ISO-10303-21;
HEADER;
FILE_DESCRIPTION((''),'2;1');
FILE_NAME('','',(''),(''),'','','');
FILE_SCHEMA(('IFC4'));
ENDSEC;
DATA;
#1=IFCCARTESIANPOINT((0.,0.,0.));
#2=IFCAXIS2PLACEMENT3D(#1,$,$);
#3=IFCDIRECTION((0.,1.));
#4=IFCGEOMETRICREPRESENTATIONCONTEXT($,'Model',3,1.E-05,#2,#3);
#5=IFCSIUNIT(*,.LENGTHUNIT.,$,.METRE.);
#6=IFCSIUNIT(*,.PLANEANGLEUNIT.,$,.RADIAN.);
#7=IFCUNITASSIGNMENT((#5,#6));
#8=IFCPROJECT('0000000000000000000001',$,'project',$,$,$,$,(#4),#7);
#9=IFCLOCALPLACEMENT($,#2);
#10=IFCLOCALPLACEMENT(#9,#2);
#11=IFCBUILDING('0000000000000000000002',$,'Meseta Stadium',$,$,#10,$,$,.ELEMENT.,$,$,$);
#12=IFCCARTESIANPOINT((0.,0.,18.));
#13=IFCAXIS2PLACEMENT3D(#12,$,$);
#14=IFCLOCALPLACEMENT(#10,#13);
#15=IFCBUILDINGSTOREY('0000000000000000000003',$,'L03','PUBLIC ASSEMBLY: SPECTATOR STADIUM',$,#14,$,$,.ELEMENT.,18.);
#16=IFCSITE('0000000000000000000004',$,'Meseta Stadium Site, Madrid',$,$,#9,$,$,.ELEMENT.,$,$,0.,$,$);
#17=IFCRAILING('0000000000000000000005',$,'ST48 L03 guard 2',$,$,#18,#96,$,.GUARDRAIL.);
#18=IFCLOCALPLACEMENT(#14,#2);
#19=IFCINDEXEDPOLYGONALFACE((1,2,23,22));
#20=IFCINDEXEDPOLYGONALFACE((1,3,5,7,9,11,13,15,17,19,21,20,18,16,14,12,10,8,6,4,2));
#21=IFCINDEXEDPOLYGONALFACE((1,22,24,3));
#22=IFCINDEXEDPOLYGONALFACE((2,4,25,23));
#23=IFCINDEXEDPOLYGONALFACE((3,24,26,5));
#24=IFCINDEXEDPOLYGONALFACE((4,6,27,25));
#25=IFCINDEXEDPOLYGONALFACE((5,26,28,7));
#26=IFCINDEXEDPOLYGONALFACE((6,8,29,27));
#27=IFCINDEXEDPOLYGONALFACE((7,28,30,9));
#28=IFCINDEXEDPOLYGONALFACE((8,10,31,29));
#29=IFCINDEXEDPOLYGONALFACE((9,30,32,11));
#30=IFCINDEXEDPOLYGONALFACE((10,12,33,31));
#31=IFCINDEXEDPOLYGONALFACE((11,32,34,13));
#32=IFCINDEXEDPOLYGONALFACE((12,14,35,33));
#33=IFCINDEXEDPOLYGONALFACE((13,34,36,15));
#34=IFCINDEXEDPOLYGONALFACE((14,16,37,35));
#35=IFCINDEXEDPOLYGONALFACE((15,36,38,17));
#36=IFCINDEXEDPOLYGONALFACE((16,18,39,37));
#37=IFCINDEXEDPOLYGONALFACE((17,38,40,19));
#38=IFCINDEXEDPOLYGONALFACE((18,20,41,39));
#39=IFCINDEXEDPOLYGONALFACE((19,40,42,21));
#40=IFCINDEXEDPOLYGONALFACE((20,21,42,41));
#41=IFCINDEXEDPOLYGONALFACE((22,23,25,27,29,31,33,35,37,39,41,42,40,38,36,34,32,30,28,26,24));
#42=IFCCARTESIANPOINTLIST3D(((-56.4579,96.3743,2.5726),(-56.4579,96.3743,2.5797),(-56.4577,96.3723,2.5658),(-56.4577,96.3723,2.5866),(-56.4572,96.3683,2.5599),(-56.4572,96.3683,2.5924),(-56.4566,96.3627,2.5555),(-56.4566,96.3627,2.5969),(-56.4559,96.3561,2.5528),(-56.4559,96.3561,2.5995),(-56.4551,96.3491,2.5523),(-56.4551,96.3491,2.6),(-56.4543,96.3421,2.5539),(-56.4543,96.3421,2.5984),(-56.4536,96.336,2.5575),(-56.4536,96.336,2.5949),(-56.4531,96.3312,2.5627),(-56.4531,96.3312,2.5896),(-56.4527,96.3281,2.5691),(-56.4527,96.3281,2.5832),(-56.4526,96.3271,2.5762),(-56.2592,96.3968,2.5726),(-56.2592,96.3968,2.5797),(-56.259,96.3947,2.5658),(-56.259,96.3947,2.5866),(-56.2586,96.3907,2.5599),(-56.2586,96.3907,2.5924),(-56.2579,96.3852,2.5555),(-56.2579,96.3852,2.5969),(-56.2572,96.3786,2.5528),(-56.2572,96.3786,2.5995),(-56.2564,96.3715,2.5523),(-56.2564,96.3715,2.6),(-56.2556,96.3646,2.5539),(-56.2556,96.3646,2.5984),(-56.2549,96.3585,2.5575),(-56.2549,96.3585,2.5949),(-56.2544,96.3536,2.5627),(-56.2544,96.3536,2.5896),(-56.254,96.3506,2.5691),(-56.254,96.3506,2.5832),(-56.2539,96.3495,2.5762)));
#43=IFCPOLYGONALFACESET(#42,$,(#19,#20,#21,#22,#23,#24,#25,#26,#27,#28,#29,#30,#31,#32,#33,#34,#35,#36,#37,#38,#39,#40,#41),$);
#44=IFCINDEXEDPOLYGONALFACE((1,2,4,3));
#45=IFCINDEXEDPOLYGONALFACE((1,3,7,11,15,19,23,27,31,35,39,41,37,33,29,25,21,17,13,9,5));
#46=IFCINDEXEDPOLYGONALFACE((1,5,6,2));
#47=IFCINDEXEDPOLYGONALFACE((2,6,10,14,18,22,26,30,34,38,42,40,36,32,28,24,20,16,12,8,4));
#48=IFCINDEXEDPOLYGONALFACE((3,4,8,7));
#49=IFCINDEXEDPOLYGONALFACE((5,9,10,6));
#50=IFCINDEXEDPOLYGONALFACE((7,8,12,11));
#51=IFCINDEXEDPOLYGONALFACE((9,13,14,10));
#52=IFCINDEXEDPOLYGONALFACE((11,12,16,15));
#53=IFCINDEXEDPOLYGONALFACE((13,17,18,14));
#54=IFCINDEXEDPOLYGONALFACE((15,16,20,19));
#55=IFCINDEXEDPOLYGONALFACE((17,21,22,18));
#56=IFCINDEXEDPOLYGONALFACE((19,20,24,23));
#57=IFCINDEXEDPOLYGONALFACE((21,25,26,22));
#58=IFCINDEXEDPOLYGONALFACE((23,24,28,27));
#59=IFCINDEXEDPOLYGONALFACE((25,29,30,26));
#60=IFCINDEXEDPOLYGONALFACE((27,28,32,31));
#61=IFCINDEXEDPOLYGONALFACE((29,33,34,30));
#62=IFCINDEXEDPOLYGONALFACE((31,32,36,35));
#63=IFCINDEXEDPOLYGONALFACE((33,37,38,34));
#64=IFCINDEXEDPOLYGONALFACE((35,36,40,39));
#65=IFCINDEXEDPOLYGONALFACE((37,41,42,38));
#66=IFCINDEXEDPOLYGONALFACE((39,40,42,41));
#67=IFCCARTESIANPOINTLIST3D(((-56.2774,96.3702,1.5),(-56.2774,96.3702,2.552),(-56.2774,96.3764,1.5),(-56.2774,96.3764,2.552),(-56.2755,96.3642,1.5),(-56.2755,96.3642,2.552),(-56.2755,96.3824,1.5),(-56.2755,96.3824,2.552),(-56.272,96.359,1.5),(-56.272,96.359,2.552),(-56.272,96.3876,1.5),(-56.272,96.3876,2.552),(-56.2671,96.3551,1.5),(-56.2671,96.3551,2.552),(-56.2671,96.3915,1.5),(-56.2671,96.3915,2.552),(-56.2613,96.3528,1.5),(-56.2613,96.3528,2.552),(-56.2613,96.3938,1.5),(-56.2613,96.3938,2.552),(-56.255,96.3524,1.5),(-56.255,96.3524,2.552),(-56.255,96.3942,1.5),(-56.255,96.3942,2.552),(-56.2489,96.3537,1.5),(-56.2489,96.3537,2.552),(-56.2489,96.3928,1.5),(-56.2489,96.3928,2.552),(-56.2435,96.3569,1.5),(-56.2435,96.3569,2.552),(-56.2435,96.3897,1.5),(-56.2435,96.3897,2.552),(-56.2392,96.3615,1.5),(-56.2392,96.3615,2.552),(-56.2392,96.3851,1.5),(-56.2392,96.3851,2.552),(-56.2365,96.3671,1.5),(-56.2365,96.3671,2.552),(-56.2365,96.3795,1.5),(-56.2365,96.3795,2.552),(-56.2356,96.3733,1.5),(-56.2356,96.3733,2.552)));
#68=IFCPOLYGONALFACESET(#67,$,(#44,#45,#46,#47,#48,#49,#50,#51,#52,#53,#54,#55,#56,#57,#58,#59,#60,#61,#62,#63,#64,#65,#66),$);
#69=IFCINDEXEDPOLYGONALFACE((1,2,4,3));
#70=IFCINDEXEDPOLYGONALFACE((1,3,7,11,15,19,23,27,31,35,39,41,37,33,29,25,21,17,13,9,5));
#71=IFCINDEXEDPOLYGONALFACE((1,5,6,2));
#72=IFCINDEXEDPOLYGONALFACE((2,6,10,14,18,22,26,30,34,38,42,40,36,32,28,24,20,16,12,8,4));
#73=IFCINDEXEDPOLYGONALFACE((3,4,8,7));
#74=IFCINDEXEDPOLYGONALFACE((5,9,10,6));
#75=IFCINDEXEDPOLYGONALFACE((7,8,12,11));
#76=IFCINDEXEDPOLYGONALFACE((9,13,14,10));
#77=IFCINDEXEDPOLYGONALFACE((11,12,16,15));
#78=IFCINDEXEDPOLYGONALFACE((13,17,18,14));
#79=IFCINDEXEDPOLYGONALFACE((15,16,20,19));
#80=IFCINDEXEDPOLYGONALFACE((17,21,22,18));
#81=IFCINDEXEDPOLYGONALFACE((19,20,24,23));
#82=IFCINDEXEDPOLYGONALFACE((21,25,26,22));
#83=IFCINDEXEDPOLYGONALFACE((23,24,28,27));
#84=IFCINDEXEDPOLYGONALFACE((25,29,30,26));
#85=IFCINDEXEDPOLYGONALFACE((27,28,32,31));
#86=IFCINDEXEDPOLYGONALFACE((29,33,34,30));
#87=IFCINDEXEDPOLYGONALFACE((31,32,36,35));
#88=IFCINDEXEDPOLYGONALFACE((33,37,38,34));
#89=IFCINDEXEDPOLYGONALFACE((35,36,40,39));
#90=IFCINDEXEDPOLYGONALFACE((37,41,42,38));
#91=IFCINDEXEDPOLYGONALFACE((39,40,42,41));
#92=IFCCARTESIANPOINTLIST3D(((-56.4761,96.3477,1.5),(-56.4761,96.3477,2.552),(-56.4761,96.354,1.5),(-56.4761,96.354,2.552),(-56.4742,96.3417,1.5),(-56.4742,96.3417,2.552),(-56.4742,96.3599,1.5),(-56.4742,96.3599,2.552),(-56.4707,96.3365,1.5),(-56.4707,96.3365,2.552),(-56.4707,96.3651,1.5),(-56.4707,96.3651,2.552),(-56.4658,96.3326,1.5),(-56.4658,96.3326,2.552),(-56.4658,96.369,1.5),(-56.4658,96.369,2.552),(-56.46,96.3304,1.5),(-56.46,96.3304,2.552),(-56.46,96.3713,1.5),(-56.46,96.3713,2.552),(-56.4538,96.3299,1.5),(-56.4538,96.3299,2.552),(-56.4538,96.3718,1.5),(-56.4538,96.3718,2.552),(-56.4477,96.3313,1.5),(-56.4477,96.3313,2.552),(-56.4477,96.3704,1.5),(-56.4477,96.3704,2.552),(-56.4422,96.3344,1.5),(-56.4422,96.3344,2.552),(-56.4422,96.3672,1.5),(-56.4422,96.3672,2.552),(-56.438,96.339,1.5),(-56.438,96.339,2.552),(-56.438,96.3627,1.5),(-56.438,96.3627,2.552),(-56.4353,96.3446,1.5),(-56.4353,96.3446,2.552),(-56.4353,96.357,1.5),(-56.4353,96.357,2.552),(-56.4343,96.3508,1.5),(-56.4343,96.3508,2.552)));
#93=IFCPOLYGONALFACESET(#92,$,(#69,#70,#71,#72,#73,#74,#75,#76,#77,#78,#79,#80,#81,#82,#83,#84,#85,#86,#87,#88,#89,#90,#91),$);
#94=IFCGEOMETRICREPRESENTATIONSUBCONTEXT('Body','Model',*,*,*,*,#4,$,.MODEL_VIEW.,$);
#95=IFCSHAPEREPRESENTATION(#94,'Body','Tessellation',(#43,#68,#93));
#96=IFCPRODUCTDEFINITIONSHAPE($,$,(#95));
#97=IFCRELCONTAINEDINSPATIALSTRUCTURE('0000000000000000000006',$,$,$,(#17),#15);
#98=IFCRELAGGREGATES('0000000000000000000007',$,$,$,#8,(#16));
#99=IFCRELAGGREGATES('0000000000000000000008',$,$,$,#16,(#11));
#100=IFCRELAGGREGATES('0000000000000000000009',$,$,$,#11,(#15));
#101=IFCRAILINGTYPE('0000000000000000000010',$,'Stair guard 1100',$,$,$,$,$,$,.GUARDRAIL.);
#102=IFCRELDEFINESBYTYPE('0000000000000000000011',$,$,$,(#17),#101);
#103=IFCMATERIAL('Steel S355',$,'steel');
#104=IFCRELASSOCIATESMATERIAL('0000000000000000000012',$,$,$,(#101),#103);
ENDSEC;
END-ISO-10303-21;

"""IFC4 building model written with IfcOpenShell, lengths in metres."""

from ifc_helpers import new_model, si_unit, direction, frame, origin, origin_2d, place, context, subcontext, project, spatial, circle, extrude, material, type_object, element, save


model = new_model("IFC4")

# Units and contexts
model_context = context("Model", 3, precision=1e-05, world=origin(), true_north=direction((0.0, 1.0)))
body_context = subcontext(model_context, "Body", "Model", "MODEL_VIEW")
ifc_project = project(units=[si_unit("LENGTHUNIT", "METRE"), si_unit("PLANEANGLEUNIT", "RADIAN")], contexts=[model_context])

# Site, building, storey
site_placement = place(None, origin())
site = spatial("IfcSite", under=ifc_project, at=site_placement, Name="Meseta Stadium Site, Madrid", CompositionType="ELEMENT", RefElevation=0.0)
building_placement = place(site_placement, origin())
building = spatial("IfcBuilding", under=site, at=building_placement, Name="Meseta Stadium", CompositionType="ELEMENT")
storey_placement = place(building_placement, frame((0.0, 0.0, 18.0)))
storey = spatial("IfcBuildingStorey", under=building, at=storey_placement, Name="L03", Description="PUBLIC ASSEMBLY: SPECTATOR STADIUM", CompositionType="ELEMENT", Elevation=18.0)

# Railing
ifc_material_1 = material(Name="Steel S355", Category="steel")
railing_type_1 = type_object("IfcRailingType", Name="Stair guard 1100", PredefinedType="GUARDRAIL", material=ifc_material_1)
railing_1_placement = place(storey_placement, frame((-56.2566, 96.3733, 1.5)))
element("IfcRailing", 1, at=railing_1_placement, inside=storey, type_object=railing_type_1, Name="ST48 L03 guard 2", PredefinedType="GUARDRAIL", context=body_context, shape_type="SweptSolid", body=[
    extrude(circle(Radius=0.0239, at=origin_2d()), frame((0.0, 0.0, 1.0762), z_axis=(-0.993674, -0.112307, 0.0), x_axis=(0.112307, -0.993674, 0.0)), (0.0, 0.0, 1.0), 0.2),
    extrude(circle(Radius=0.021, at=origin_2d()), origin(), (0.0, 0.0, 1.0), 1.052),
    extrude(circle(Radius=0.021, at=origin_2d()), frame((-0.1987, -0.0225, 0.0)), (0.0, 0.0, 1.0), 1.052),
])

save(model, "model.ifc")
